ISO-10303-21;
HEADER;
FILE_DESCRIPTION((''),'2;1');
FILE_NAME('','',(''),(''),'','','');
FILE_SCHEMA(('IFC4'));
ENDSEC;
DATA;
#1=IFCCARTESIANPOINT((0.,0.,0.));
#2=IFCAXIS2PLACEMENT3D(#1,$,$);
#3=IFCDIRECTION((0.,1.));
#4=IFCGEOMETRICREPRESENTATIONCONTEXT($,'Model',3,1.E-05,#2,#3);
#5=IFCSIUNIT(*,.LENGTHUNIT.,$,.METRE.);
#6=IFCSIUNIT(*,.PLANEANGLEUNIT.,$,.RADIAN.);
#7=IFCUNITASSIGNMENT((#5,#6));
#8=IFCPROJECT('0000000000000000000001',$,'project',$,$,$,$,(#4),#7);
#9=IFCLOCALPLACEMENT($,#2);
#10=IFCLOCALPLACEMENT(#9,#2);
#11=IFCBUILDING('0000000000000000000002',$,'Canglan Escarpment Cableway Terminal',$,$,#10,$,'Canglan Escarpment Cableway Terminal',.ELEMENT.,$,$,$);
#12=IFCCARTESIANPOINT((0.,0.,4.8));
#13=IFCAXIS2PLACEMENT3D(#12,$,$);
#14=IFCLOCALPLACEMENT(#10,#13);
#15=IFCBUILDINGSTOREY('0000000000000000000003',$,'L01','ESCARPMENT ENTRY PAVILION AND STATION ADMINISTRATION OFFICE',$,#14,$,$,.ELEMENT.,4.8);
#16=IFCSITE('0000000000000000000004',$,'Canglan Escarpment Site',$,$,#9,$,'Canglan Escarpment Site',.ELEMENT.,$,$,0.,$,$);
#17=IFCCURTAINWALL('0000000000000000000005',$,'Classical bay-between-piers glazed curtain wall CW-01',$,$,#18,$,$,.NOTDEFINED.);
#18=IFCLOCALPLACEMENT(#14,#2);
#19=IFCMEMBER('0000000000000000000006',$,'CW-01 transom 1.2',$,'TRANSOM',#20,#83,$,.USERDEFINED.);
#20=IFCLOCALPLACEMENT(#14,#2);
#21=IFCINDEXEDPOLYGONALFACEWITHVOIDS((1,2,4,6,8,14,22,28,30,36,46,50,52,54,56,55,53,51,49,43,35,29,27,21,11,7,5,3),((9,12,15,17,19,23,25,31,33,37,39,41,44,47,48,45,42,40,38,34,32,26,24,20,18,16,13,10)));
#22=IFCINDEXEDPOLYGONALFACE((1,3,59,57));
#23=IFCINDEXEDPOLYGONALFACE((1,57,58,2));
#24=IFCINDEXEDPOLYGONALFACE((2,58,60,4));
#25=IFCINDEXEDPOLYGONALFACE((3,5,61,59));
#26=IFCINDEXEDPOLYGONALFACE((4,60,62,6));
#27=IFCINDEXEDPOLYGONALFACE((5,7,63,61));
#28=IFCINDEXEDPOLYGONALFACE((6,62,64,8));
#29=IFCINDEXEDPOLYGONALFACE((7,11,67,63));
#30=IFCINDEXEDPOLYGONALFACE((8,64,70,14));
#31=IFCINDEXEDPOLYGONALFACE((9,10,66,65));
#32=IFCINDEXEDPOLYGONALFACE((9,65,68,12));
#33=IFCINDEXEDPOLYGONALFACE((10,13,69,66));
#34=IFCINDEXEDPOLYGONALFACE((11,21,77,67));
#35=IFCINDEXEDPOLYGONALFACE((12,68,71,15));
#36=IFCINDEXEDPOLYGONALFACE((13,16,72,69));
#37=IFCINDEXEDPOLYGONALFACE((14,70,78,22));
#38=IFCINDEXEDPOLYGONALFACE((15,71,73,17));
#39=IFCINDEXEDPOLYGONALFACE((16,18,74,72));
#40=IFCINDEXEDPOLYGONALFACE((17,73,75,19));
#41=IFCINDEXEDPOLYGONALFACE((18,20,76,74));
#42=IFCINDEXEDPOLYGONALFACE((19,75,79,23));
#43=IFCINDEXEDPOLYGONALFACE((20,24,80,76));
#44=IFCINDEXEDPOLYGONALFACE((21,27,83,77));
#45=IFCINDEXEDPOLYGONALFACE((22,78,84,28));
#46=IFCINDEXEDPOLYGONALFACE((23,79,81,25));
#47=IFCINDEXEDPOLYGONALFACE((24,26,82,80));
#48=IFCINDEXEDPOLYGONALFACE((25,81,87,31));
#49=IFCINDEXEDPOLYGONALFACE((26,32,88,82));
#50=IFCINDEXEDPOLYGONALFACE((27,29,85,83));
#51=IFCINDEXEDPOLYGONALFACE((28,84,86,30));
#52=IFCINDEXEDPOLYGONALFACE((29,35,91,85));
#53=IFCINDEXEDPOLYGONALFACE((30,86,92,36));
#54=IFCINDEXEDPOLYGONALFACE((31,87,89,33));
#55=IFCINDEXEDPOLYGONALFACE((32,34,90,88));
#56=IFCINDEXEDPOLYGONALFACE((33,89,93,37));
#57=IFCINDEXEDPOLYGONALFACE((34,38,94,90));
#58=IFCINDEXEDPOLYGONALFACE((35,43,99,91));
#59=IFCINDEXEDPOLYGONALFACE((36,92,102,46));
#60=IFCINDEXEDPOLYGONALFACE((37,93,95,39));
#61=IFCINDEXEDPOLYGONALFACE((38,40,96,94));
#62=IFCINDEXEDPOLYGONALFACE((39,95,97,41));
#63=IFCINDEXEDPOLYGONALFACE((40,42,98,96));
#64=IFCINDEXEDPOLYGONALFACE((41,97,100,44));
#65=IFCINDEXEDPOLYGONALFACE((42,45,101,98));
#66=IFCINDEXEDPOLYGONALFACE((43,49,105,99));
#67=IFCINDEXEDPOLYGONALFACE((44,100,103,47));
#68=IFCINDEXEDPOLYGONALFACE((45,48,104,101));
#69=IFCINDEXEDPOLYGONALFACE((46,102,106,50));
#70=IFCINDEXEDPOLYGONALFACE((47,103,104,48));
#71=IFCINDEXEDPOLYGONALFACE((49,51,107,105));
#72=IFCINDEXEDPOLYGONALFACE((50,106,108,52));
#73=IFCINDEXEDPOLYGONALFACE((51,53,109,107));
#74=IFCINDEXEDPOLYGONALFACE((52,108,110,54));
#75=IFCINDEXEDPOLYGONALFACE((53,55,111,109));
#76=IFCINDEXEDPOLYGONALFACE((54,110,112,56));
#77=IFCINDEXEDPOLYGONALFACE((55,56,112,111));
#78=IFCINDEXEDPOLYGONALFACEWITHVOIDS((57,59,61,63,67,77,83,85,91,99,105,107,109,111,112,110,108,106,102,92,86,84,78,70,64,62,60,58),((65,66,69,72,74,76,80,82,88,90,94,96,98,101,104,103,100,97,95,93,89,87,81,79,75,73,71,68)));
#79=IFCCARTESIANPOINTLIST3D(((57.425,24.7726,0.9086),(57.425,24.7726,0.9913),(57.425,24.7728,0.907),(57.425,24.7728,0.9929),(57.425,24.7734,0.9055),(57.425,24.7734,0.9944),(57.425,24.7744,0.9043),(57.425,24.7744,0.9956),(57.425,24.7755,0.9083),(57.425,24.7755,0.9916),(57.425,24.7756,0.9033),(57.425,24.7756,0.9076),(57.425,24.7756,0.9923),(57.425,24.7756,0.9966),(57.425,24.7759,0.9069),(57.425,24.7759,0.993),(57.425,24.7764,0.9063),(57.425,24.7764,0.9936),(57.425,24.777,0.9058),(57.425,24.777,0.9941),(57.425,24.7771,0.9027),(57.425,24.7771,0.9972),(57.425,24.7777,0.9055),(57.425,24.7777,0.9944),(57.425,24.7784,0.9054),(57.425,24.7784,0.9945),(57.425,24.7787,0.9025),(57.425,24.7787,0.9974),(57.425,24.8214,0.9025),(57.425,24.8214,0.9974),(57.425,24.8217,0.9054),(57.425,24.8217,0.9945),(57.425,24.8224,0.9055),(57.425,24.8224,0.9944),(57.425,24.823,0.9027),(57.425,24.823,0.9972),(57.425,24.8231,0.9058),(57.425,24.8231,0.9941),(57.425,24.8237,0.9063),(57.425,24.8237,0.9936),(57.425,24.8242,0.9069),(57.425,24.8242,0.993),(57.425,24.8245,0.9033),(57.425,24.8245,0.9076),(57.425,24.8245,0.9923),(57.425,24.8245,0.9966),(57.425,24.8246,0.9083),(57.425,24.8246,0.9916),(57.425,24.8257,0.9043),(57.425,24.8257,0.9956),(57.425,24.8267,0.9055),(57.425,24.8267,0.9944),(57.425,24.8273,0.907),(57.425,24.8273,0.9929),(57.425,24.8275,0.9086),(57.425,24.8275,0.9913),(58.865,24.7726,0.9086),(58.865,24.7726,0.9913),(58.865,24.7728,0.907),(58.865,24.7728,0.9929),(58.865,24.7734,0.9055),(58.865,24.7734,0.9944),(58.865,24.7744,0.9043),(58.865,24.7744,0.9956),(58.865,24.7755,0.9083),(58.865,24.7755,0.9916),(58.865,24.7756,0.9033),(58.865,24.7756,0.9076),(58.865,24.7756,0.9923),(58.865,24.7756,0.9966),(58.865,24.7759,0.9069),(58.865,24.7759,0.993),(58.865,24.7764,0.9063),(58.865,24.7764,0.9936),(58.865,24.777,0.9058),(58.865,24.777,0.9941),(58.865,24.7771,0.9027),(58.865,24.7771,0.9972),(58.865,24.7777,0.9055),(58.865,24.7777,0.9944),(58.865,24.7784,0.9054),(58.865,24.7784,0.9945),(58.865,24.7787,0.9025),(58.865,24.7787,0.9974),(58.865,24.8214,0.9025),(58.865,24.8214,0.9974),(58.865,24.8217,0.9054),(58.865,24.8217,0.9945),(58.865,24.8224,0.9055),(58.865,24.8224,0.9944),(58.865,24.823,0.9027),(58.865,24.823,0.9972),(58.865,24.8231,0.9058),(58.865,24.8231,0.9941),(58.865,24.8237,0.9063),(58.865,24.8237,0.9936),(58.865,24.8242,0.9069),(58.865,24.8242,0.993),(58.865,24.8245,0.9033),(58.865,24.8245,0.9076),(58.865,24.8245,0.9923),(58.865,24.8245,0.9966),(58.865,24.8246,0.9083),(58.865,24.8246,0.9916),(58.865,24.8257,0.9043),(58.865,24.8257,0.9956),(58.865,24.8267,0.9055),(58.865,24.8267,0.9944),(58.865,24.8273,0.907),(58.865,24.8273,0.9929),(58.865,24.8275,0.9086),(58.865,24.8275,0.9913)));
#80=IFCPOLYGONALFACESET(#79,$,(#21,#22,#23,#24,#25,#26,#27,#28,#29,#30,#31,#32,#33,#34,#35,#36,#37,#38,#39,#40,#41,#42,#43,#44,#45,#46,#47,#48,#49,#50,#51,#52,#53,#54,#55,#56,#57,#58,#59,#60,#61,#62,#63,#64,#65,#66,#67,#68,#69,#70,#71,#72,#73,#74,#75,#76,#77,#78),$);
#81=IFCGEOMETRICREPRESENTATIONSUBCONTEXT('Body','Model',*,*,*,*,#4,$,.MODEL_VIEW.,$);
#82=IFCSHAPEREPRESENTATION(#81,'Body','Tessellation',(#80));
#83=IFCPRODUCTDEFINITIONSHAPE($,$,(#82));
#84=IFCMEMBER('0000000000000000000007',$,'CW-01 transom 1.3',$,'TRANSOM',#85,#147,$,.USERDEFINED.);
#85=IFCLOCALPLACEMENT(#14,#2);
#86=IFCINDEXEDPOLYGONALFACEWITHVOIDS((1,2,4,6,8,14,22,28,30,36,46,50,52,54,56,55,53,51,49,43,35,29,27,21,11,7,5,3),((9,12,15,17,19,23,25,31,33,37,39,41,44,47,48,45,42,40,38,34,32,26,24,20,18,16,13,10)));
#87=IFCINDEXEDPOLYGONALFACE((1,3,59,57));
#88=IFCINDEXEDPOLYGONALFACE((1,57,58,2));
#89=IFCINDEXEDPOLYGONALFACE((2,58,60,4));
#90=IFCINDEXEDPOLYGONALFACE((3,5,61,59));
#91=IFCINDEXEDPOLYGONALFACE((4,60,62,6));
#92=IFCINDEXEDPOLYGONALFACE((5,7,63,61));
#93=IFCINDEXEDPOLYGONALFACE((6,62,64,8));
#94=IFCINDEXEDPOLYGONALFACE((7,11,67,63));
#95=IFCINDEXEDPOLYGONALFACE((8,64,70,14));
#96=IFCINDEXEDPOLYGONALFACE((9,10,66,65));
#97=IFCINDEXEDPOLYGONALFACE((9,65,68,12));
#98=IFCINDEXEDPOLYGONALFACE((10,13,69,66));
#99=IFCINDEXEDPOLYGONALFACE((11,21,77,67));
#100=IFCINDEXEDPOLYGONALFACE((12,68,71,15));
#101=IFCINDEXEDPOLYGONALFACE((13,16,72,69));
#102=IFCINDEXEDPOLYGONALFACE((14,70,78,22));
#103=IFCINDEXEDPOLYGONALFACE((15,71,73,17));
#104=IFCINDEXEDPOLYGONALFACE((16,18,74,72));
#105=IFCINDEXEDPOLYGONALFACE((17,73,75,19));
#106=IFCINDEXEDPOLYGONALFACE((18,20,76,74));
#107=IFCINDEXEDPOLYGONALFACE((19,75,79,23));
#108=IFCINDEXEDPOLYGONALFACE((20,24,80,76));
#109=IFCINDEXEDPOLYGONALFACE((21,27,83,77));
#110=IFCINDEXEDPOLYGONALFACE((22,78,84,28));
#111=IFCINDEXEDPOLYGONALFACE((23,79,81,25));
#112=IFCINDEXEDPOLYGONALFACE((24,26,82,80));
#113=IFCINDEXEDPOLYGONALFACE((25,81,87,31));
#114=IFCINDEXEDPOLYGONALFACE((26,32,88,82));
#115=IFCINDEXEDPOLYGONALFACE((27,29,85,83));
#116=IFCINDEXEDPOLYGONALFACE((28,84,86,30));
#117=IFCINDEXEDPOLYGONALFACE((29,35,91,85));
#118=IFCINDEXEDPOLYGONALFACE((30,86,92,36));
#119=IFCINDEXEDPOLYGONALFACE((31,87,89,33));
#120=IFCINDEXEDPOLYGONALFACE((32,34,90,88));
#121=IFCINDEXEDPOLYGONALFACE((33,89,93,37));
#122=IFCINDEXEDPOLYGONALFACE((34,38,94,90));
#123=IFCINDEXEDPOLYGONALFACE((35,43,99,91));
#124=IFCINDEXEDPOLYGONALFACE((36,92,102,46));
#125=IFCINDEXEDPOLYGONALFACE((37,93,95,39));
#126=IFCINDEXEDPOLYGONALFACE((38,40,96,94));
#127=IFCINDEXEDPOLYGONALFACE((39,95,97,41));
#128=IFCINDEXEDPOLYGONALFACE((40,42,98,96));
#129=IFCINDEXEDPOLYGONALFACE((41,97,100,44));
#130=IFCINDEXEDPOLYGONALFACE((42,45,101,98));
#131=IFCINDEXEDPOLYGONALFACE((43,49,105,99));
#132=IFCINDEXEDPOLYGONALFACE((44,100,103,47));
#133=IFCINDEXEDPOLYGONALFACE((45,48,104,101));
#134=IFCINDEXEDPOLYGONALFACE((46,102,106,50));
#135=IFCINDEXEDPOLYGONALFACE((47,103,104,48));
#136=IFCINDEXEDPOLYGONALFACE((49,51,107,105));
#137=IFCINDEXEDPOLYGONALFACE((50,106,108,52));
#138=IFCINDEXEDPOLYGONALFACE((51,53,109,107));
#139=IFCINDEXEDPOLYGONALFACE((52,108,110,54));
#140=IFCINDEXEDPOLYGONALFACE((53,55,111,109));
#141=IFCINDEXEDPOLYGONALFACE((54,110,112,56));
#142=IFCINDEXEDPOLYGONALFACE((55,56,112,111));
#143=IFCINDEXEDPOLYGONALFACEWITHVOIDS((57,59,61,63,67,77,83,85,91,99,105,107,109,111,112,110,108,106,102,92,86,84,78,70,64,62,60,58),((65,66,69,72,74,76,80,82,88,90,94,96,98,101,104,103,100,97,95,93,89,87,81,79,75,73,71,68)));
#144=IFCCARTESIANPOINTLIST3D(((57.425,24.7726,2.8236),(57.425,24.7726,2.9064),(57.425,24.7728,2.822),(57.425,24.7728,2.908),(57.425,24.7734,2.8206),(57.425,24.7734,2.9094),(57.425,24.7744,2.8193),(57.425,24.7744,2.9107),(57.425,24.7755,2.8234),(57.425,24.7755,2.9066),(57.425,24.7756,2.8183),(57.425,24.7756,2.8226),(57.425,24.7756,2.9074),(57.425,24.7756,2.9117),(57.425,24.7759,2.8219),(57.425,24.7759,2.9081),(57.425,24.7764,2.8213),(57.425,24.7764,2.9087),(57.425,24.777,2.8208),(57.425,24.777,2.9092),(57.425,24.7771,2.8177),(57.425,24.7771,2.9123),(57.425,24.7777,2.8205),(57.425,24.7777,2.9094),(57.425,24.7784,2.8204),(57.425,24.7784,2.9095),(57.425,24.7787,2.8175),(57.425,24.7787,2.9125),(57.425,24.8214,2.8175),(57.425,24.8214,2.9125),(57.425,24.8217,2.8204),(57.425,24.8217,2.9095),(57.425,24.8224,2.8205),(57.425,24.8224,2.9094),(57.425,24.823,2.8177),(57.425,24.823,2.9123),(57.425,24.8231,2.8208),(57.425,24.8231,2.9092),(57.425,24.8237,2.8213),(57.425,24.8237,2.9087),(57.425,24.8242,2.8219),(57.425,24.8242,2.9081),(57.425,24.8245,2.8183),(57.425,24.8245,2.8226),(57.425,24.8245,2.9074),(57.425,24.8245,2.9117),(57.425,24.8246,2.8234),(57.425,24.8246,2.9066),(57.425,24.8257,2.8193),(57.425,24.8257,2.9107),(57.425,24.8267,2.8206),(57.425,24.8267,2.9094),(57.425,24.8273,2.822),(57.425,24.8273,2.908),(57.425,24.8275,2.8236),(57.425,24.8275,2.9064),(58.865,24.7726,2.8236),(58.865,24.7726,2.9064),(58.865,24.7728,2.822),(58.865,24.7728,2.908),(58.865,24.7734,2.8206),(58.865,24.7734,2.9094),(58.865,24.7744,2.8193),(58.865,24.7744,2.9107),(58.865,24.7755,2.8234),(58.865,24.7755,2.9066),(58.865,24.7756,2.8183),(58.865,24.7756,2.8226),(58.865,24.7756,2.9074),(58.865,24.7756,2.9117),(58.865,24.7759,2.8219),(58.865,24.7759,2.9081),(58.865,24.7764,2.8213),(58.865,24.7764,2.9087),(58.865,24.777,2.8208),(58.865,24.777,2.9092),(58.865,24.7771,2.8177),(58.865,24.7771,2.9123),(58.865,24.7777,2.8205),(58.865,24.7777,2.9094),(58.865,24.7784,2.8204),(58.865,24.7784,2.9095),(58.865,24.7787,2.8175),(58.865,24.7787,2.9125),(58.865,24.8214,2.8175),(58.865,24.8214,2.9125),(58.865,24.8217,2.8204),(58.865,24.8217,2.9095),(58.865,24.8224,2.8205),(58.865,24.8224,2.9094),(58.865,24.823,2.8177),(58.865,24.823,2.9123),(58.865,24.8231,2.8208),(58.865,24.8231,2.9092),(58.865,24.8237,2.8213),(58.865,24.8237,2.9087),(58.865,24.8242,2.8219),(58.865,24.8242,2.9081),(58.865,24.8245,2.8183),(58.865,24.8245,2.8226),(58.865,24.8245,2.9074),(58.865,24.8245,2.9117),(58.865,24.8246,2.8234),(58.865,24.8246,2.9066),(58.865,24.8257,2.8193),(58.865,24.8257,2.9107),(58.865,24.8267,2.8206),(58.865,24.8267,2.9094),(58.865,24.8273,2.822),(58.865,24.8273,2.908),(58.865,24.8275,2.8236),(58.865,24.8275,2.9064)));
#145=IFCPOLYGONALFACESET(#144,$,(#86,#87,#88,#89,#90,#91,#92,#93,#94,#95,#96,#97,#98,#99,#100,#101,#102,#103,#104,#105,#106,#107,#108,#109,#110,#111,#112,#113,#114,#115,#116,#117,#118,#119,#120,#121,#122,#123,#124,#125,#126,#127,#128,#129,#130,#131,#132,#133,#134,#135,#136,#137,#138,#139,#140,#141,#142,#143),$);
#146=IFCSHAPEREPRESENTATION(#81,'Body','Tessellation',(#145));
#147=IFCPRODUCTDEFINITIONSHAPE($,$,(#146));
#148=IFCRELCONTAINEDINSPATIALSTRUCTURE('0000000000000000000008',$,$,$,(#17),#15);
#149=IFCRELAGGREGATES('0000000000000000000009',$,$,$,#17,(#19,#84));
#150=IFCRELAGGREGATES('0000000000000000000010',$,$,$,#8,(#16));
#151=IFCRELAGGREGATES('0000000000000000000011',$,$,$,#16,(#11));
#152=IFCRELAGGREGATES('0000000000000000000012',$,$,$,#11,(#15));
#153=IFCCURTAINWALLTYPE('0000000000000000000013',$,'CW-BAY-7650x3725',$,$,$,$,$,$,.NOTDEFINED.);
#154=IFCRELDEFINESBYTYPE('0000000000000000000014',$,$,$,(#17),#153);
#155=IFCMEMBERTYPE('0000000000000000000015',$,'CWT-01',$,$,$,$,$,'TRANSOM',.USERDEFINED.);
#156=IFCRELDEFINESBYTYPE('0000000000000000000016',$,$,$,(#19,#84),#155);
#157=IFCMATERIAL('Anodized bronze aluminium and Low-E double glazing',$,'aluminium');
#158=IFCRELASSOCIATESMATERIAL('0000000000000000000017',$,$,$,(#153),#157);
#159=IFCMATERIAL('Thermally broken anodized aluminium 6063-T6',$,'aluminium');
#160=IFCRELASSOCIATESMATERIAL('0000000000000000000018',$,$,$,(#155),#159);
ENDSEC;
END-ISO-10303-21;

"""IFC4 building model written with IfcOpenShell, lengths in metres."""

from ifc_helpers import new_model, si_unit, direction, frame, origin, origin_2d, place, context, subcontext, project, spatial, hollow_rectangle, extrude, material, material_profile, profile_set, type_object, element, aggregate, save


model = new_model("IFC4")

# Units and contexts
model_context = context("Model", 3, precision=1e-05, world=origin(), true_north=direction((0.0, 1.0)))
body_context = subcontext(model_context, "Body", "Model", "MODEL_VIEW")
ifc_project = project(units=[si_unit("LENGTHUNIT", "METRE"), si_unit("PLANEANGLEUNIT", "RADIAN")], contexts=[model_context])

# Site, building, storey
site_placement = place(None, origin())
site = spatial("IfcSite", under=ifc_project, at=site_placement, Name="Canglan Escarpment Site", LongName="Canglan Escarpment Site", CompositionType="ELEMENT", RefElevation=0.0)
building_placement = place(site_placement, origin())
building = spatial("IfcBuilding", under=site, at=building_placement, Name="Canglan Escarpment Cableway Terminal", LongName="Canglan Escarpment Cableway Terminal", CompositionType="ELEMENT")
storey_placement = place(building_placement, frame((0.0, 0.0, 4.8)))
storey = spatial("IfcBuildingStorey", under=building, at=storey_placement, Name="L01", Description="ESCARPMENT ENTRY PAVILION AND STATION ADMINISTRATION OFFICE", CompositionType="ELEMENT", Elevation=4.8)

# Curtain wall, members
ifc_material_1 = material(Name="Anodized bronze aluminium and Low-E double glazing", Category="aluminium")
curtain_wall_type = type_object("IfcCurtainWallType", Name="CW-BAY-7650x3725", PredefinedType="NOTDEFINED", material=ifc_material_1)
curtain_wall_placement = place(storey_placement, origin())
curtain_wall = element("IfcCurtainWall", 1, at=curtain_wall_placement, inside=storey, type_object=curtain_wall_type, Name="Classical bay-between-piers glazed curtain wall CW-01", PredefinedType="NOTDEFINED")
ifc_material_2 = material(Name="Thermally broken anodized aluminium 6063-T6", Category="aluminium")
ifc_material_profile_1 = material_profile(ifc_material_2, hollow_rectangle(XDim=0.0549, YDim=0.095, WallThickness=0.0029, InnerFilletRadius=0.0029, OuterFilletRadius=0.0061, at=origin_2d()), Name="ALU-TRAN 55x95x3")
ifc_profile_set_1 = profile_set([ifc_material_profile_1], Name="Thermally broken anodized aluminium 6063-T6")
member_type_1 = type_object("IfcMemberType", Name="CWT-01", ElementType="TRANSOM", PredefinedType="USERDEFINED", material=ifc_profile_set_1)
member_1_placement = place(storey_placement, frame((58.865, 24.8, 0.95), z_axis=(-1.0, 0.0, 0.0), x_axis=(0.0, -1.0, 0.0)))
member_1 = element("IfcMember", 2, at=member_1_placement, type_object=member_type_1, Name="CW-01 transom 1.2", ObjectType="TRANSOM", PredefinedType="USERDEFINED", context=body_context, shape_type="SweptSolid", body=[
    extrude(hollow_rectangle(XDim=0.0549, YDim=0.095, WallThickness=0.0029, InnerFilletRadius=0.0029, OuterFilletRadius=0.0061, at=origin_2d()), origin(), (0.0, 0.0, 1.0), 1.4399),
])
member_2_placement = place(storey_placement, frame((58.865, 24.8, 2.865), z_axis=(-1.0, 0.0, 0.0), x_axis=(0.0, -1.0, 0.0)))
member_2 = element("IfcMember", 3, at=member_2_placement, type_object=member_type_1, Name="CW-01 transom 1.3", ObjectType="TRANSOM", PredefinedType="USERDEFINED", context=body_context, shape_type="SweptSolid", body=[
    extrude(hollow_rectangle(XDim=0.0549, YDim=0.095, WallThickness=0.0029, InnerFilletRadius=0.0029, OuterFilletRadius=0.0061, at=origin_2d()), origin(), (0.0, 0.0, 1.0), 1.4399),
])

aggregate(curtain_wall, [member_1, member_2])

save(model, "model.ifc")
